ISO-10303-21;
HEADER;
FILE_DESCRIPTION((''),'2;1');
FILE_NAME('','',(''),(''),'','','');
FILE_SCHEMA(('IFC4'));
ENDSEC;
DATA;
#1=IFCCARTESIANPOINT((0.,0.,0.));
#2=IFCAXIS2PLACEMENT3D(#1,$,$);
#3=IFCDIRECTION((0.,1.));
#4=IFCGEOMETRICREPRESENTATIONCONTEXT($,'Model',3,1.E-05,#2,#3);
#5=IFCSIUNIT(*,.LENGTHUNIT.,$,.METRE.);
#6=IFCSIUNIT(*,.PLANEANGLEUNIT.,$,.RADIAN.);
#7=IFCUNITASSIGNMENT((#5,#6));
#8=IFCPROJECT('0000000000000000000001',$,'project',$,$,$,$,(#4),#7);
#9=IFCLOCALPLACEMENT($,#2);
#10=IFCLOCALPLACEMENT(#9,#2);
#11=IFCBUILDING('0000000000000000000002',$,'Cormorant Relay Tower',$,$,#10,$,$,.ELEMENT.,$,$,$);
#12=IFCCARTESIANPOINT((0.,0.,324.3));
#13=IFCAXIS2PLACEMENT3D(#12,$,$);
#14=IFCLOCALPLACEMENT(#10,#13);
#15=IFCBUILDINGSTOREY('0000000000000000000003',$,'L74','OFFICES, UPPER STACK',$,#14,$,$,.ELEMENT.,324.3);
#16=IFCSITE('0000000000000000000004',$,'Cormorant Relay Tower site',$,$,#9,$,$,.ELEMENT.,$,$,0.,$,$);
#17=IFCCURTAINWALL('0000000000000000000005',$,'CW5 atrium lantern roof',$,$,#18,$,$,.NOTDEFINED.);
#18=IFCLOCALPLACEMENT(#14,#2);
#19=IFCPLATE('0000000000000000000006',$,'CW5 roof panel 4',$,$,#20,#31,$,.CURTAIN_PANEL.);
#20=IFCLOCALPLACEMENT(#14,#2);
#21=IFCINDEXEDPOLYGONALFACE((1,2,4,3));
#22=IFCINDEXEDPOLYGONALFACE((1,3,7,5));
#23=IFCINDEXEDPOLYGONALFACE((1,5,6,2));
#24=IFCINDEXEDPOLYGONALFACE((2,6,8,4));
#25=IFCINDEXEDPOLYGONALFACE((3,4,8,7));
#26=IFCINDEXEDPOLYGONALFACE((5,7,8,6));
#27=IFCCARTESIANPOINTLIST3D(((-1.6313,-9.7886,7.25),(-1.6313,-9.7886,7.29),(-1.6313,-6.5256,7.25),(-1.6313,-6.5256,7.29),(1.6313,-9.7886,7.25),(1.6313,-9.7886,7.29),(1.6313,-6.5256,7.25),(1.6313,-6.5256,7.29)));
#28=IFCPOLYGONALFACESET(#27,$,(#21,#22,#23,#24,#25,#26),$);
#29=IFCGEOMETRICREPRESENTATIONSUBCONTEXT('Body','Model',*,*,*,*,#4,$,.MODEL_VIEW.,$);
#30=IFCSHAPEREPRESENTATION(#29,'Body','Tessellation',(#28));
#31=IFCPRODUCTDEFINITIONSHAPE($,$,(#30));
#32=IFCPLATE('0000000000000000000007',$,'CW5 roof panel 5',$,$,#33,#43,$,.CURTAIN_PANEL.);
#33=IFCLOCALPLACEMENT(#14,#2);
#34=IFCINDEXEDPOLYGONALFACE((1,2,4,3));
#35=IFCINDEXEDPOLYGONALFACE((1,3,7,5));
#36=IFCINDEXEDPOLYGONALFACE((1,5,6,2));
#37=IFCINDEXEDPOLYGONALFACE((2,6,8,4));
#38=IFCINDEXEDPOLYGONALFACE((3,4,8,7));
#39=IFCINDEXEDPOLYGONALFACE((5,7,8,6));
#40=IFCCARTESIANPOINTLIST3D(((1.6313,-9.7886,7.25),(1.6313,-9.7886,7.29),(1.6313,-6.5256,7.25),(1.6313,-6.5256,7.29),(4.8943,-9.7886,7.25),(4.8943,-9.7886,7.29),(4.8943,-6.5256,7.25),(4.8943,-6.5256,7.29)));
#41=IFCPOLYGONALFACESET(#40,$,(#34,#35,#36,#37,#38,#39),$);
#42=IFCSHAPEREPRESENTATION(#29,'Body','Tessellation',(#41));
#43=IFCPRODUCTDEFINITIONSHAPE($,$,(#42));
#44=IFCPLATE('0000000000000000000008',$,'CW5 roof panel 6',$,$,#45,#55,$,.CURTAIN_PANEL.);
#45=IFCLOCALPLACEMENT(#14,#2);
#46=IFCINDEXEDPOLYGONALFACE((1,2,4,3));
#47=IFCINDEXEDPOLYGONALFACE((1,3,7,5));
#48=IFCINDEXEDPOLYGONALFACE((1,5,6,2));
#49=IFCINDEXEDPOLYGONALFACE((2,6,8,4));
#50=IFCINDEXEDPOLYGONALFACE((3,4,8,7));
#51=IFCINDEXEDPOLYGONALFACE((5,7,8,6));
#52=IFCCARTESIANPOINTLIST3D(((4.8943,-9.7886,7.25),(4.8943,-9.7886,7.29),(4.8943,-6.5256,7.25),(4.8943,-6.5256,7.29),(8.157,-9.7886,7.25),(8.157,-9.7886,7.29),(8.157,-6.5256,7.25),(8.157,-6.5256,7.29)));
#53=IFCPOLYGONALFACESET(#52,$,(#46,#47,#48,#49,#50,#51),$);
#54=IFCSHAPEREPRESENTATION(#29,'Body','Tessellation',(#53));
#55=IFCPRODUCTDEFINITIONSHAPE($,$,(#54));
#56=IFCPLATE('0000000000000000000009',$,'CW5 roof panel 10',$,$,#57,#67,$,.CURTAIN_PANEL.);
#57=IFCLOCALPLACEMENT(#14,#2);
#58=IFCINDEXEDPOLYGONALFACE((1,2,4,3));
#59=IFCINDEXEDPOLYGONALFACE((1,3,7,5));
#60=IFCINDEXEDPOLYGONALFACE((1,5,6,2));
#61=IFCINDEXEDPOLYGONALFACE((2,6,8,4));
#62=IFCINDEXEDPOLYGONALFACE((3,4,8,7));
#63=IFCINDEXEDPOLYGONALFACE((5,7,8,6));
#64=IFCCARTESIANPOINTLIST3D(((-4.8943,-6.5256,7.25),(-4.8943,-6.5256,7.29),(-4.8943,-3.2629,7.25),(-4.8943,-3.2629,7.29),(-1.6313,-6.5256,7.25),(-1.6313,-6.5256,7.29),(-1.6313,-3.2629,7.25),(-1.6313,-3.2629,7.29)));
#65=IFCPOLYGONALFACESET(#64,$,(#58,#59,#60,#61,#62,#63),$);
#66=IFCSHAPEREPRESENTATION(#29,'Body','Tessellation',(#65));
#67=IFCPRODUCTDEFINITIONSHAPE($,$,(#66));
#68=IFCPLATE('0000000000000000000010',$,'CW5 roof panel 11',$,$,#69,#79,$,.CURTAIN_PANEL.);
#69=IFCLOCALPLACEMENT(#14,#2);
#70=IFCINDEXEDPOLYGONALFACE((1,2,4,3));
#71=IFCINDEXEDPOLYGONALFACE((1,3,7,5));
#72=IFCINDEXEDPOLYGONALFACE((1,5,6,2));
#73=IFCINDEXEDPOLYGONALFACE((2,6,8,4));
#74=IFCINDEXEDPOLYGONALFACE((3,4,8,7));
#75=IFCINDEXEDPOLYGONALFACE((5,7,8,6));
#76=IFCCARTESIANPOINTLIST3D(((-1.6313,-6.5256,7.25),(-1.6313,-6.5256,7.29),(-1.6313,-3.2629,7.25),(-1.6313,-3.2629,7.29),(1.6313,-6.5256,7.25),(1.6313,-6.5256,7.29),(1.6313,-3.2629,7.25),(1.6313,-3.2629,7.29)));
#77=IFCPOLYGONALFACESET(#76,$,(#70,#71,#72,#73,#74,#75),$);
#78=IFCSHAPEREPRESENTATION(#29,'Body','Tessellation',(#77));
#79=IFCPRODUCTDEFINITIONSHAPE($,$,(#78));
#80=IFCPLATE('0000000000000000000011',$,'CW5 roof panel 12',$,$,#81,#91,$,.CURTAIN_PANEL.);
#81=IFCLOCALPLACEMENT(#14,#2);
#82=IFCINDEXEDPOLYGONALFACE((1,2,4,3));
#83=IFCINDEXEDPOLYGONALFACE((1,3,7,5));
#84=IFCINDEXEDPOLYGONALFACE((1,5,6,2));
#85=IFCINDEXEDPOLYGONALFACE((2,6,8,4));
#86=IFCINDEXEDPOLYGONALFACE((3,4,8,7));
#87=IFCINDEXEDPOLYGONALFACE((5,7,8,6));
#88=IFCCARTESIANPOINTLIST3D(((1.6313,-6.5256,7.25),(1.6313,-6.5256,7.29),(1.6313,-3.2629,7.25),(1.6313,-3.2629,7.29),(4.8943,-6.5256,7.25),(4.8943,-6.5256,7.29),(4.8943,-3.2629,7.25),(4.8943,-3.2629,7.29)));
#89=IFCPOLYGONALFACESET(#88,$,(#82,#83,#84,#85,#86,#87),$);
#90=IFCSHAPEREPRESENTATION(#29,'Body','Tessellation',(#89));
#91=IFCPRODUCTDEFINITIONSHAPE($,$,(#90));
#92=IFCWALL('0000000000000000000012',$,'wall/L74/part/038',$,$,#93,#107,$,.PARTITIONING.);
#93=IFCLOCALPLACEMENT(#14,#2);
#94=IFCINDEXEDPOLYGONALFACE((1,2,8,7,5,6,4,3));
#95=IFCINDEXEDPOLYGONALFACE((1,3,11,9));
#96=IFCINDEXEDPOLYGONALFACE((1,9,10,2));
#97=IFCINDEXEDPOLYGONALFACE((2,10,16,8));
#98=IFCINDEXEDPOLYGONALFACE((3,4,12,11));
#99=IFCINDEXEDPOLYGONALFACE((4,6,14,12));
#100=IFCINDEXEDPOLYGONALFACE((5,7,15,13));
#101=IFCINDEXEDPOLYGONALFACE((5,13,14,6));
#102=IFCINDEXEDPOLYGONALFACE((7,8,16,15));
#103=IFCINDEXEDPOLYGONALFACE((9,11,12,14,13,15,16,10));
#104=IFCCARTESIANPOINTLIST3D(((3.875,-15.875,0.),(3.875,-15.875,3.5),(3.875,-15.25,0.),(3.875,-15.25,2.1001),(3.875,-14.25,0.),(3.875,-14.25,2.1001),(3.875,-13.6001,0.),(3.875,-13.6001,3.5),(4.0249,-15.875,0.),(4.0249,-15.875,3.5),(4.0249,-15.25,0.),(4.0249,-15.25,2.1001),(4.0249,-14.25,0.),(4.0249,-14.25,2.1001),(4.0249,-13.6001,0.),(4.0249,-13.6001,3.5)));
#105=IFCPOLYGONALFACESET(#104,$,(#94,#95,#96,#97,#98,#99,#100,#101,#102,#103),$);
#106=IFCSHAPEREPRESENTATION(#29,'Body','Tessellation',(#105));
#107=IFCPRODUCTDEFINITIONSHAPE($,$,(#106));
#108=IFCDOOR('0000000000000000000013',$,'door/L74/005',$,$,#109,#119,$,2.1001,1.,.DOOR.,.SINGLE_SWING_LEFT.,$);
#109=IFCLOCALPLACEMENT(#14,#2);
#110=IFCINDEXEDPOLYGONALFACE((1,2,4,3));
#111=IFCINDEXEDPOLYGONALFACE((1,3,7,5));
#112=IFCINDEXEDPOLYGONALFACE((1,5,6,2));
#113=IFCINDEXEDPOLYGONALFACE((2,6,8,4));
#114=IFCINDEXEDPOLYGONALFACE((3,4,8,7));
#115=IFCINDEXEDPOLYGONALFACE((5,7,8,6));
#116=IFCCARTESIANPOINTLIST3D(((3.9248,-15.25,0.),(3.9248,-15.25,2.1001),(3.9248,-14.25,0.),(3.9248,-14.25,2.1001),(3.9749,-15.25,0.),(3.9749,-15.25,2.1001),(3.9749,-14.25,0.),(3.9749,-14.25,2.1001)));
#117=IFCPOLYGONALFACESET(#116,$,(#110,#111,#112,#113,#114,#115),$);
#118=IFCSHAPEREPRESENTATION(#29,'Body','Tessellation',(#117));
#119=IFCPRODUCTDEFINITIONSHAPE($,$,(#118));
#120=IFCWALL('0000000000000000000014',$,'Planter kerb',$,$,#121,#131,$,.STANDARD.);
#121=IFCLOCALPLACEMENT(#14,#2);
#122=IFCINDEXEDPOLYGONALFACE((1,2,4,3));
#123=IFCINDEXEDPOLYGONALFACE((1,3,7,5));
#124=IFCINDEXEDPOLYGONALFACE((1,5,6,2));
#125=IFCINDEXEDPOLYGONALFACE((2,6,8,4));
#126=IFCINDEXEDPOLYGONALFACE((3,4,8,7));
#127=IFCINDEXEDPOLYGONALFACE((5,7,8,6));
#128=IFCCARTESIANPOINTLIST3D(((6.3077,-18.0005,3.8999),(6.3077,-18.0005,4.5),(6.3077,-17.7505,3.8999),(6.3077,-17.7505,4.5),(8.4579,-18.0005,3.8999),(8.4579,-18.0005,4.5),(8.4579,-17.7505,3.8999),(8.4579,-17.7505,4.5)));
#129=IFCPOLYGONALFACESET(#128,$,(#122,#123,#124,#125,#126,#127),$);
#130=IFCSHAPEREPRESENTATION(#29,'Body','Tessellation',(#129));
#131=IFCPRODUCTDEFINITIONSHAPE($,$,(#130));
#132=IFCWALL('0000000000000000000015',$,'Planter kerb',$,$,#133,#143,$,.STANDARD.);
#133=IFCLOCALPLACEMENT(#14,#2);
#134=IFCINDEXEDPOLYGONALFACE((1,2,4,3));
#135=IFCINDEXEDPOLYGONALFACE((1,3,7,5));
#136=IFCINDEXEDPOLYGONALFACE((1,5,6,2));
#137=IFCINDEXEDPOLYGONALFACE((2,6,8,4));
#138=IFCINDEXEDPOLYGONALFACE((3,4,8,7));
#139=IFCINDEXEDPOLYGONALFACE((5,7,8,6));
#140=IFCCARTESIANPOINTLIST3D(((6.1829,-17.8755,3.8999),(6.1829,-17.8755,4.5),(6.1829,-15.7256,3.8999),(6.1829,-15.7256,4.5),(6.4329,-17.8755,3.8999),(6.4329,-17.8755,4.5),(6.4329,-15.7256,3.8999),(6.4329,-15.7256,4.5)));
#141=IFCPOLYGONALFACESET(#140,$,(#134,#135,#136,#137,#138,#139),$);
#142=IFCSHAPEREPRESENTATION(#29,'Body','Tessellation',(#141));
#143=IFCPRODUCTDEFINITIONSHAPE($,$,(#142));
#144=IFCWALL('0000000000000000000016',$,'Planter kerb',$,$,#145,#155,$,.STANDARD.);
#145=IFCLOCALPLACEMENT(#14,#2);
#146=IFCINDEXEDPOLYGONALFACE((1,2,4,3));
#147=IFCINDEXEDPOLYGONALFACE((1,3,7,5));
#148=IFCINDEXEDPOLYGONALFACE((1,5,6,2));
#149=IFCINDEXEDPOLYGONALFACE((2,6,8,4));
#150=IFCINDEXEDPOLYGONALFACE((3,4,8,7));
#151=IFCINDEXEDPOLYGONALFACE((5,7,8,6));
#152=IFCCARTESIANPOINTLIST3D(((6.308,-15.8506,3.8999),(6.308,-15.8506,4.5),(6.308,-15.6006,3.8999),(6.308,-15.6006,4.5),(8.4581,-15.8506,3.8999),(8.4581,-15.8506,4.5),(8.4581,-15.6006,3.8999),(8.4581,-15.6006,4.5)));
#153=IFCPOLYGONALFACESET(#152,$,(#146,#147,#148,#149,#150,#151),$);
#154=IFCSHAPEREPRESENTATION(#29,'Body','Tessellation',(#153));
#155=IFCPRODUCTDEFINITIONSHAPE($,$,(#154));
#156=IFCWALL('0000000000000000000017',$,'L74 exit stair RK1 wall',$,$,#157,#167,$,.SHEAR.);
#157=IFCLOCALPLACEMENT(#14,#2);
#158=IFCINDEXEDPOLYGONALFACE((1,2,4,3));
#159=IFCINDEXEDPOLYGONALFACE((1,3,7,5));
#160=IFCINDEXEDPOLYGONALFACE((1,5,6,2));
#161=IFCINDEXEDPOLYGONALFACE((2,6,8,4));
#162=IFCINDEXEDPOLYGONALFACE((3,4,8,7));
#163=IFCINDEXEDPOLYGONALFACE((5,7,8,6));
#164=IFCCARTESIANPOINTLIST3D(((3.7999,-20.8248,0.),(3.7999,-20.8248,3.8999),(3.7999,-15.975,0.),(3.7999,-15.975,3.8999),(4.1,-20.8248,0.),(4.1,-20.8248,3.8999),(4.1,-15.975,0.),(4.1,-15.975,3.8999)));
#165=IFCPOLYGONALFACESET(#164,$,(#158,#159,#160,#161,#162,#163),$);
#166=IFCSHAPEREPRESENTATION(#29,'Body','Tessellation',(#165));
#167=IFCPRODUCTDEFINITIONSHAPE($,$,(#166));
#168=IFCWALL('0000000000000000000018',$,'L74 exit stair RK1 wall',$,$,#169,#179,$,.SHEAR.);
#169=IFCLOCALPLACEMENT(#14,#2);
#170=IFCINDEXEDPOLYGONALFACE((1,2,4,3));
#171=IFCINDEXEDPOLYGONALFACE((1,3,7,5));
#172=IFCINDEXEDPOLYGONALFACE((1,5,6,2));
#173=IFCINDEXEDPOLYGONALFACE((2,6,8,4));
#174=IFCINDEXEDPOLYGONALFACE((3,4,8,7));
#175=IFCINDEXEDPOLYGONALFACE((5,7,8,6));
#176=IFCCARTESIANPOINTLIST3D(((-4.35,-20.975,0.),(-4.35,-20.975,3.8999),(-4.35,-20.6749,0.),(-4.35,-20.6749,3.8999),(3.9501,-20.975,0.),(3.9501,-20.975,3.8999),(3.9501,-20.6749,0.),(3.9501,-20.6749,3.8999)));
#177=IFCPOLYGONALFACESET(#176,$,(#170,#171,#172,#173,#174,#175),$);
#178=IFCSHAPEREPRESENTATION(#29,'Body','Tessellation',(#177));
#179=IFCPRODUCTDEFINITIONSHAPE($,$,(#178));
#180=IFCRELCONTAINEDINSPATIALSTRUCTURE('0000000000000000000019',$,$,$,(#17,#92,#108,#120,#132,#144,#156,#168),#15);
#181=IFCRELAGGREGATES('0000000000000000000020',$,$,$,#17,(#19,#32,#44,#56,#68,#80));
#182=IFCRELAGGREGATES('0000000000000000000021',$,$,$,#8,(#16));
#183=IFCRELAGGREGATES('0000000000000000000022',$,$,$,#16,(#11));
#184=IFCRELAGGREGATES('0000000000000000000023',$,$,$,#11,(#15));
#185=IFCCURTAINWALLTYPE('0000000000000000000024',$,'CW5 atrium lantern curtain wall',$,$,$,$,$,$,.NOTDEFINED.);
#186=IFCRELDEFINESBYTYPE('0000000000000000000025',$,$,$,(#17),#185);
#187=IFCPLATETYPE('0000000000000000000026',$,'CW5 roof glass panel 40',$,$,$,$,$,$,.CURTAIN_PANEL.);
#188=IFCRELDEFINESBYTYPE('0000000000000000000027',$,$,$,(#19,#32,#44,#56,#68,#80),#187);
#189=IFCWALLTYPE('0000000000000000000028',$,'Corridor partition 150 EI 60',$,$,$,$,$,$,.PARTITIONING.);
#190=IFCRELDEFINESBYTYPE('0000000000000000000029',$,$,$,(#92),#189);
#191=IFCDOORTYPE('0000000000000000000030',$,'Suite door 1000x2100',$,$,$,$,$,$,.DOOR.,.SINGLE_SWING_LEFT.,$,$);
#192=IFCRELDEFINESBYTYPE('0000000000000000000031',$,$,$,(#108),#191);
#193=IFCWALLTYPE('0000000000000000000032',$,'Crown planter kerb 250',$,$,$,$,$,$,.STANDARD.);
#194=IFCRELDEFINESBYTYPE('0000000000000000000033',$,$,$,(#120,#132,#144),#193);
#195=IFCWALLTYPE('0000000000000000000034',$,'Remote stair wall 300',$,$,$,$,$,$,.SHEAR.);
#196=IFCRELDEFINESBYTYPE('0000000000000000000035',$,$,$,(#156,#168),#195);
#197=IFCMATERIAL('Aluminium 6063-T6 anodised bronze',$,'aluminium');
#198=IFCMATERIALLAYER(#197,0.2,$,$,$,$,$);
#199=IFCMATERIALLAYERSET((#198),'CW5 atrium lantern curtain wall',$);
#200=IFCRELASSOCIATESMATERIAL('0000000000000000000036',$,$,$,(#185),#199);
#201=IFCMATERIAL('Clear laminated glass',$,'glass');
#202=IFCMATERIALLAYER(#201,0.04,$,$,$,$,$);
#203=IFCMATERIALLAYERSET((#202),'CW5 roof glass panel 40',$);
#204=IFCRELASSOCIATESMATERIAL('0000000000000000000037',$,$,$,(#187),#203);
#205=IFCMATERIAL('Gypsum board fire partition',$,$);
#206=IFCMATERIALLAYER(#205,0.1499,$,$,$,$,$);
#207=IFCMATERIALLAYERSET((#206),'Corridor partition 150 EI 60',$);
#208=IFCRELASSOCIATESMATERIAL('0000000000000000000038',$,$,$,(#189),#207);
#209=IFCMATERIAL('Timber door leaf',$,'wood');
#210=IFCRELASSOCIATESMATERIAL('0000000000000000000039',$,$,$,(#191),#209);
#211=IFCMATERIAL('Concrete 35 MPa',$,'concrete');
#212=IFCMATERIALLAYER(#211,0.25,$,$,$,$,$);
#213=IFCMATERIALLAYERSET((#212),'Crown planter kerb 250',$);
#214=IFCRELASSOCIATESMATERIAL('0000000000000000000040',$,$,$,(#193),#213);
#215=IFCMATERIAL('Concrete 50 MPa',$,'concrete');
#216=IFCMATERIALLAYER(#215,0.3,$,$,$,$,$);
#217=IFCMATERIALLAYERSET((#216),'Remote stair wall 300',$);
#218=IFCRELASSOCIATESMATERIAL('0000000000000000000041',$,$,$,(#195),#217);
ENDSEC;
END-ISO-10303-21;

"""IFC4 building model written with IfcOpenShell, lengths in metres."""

from ifc_helpers import new_model, si_unit, direction, frame, frame_2d, origin, place, context, subcontext, project, spatial, polyline, rectangle, outline, extrude, material, layer, layer_set, type_object, element, fill, aggregate, save


model = new_model("IFC4")

# Units and contexts
model_context = context("Model", 3, precision=1e-05, world=origin(), true_north=direction((0.0, 1.0)))
body_context = subcontext(model_context, "Body", "Model", "MODEL_VIEW")
ifc_project = project(units=[si_unit("LENGTHUNIT", "METRE"), si_unit("PLANEANGLEUNIT", "RADIAN")], contexts=[model_context])

# Site, building, storey
site_placement = place(None, origin())
site = spatial("IfcSite", under=ifc_project, at=site_placement, Name="Cormorant Relay Tower site", CompositionType="ELEMENT", RefElevation=0.0)
building_placement = place(site_placement, origin())
building = spatial("IfcBuilding", under=site, at=building_placement, Name="Cormorant Relay Tower", CompositionType="ELEMENT")
storey_placement = place(building_placement, frame((0.0, 0.0, 324.3)))
storey = spatial("IfcBuildingStorey", under=building, at=storey_placement, Name="L74", Description="OFFICES, UPPER STACK", CompositionType="ELEMENT", Elevation=324.3)

# Shared definitions
ifc_material_1 = material(Name="Aluminium 6063-T6 anodised bronze", Category="aluminium")
ifc_layer_1 = layer(ifc_material_1, 0.2)
ifc_layer_set_1 = layer_set([ifc_layer_1], Name="CW5 atrium lantern curtain wall")
curtain_wall_type_1 = type_object("IfcCurtainWallType", Name="CW5 atrium lantern curtain wall", PredefinedType="NOTDEFINED", material=ifc_layer_set_1)

# Curtain wall, plates
curtain_wall_1_placement = place(storey_placement, origin())
curtain_wall_1 = element("IfcCurtainWall", 1, at=curtain_wall_1_placement, inside=storey, type_object=curtain_wall_type_1, Name="CW5 atrium lantern roof", PredefinedType="NOTDEFINED")
ifc_material_2 = material(Name="Clear laminated glass", Category="glass")
ifc_layer_2 = layer(ifc_material_2, 0.04)
ifc_layer_set_2 = layer_set([ifc_layer_2], Name="CW5 roof glass panel 40")
plate_type_1 = type_object("IfcPlateType", Name="CW5 roof glass panel 40", PredefinedType="CURTAIN_PANEL", material=ifc_layer_set_2)
plate_1_placement = place(storey_placement, frame((1.6313, -9.7886, 7.29), z_axis=(0.0, 0.0, 1.0), x_axis=(0.0, 1.0, 0.0)))
plate_1 = element("IfcPlate", 2, at=plate_1_placement, type_object=plate_type_1, Name="CW5 roof panel 4", PredefinedType="CURTAIN_PANEL", context=body_context, shape_type="SweptSolid", body=[
    extrude(outline(polyline([(0.0, 0.0), (3.2629, 0.0), (3.2629, 3.2627), (0.0, 3.2627), (0.0, 0.0)])), origin(), (0.0, 0.0, -1.0), 0.04),
])
plate_2_placement = place(storey_placement, frame((4.8943, -9.7886, 7.29), z_axis=(0.0, 0.0, 1.0), x_axis=(0.0, 1.0, 0.0)))
plate_2 = element("IfcPlate", 3, at=plate_2_placement, type_object=plate_type_1, Name="CW5 roof panel 5", PredefinedType="CURTAIN_PANEL", context=body_context, shape_type="SweptSolid", body=[
    extrude(outline(polyline([(0.0, 0.0), (3.2629, 0.0), (3.2629, 3.2629), (0.0, 3.2629), (0.0, 0.0)])), origin(), (0.0, 0.0, -1.0), 0.04),
])
plate_3_placement = place(storey_placement, frame((8.157, -9.7886, 7.29), z_axis=(0.0, 0.0, 1.0), x_axis=(0.0, 1.0, 0.0)))
plate_3 = element("IfcPlate", 4, at=plate_3_placement, type_object=plate_type_1, Name="CW5 roof panel 6", PredefinedType="CURTAIN_PANEL", context=body_context, shape_type="SweptSolid", body=[
    extrude(outline(polyline([(0.0, 0.0), (3.2629, 0.0), (3.2629, 3.2627), (0.0, 3.2627), (0.0, 0.0)])), origin(), (0.0, 0.0, -1.0), 0.04),
])
plate_4_placement = place(storey_placement, frame((-1.6313, -6.5256, 7.29), z_axis=(0.0, 0.0, 1.0), x_axis=(0.0, 1.0, 0.0)))
plate_4 = element("IfcPlate", 5, at=plate_4_placement, type_object=plate_type_1, Name="CW5 roof panel 10", PredefinedType="CURTAIN_PANEL", context=body_context, shape_type="SweptSolid", body=[
    extrude(outline(polyline([(0.0, 0.0), (3.2627, 0.0), (3.2627, 3.2629), (0.0, 3.2629), (0.0, 0.0)])), origin(), (0.0, 0.0, -1.0), 0.04),
])
plate_5_placement = place(storey_placement, frame((1.6313, -6.5256, 7.29), z_axis=(0.0, 0.0, 1.0), x_axis=(0.0, 1.0, 0.0)))
plate_5 = element("IfcPlate", 6, at=plate_5_placement, type_object=plate_type_1, Name="CW5 roof panel 11", PredefinedType="CURTAIN_PANEL", context=body_context, shape_type="SweptSolid", body=[
    extrude(outline(polyline([(0.0, 0.0), (3.2627, 0.0), (3.2627, 3.2627), (0.0, 3.2627), (0.0, 0.0)])), origin(), (0.0, 0.0, -1.0), 0.04),
])
plate_6_placement = place(storey_placement, frame((4.8943, -6.5256, 7.29), z_axis=(0.0, 0.0, 1.0), x_axis=(0.0, 1.0, 0.0)))
plate_6 = element("IfcPlate", 7, at=plate_6_placement, type_object=plate_type_1, Name="CW5 roof panel 12", PredefinedType="CURTAIN_PANEL", context=body_context, shape_type="SweptSolid", body=[
    extrude(outline(polyline([(0.0, 0.0), (3.2627, 0.0), (3.2627, 3.2629), (0.0, 3.2629), (0.0, 0.0)])), origin(), (0.0, 0.0, -1.0), 0.04),
])
aggregate(curtain_wall_1, [plate_1, plate_2, plate_3, plate_4, plate_5, plate_6])

# Wall, opening, door
ifc_material_3 = material(Name="Gypsum board fire partition")
ifc_layer_3 = layer(ifc_material_3, 0.1499)
ifc_layer_set_3 = layer_set([ifc_layer_3], Name="Corridor partition 150 EI 60")
wall_type_1 = type_object("IfcWallType", Name="Corridor partition 150 EI 60", PredefinedType="PARTITIONING", material=ifc_layer_set_3)
wall_1_placement = place(storey_placement, frame((3.95, -13.6001, 0.0), z_axis=(0.0, 0.0, 1.0), x_axis=(0.0, -1.0, 0.0)))
wall_1 = element("IfcWall", 8, at=wall_1_placement, inside=storey, type_object=wall_type_1, Name="wall/L74/part/038", PredefinedType="PARTITIONING", context=body_context, shape_type="SweptSolid", body=[
    extrude(rectangle(XDim=2.2749, YDim=0.1499, at=frame_2d((1.1375, 0.0))), origin(), (0.0, 0.0, 1.0), 3.5),
])
opening_placement = place(wall_1_placement, frame((0.6499, 0.0, 0.0)))
opening = element("IfcOpeningElement", 9, at=opening_placement, cuts=wall_1, PredefinedType="OPENING", context=body_context, shape_type="SweptSolid", body=[
    extrude(rectangle(XDim=1.0, YDim=2.1001, at=frame_2d((0.5, 1.05))), frame((0.0, 0.085, 0.0), z_axis=(0.0, -1.0, 0.0), x_axis=(1.0, 0.0, 0.0)), (0.0, 0.0, 1.0), 0.1699),
])
ifc_material_4 = material(Name="Timber door leaf", Category="wood")
door_type = type_object("IfcDoorType", Name="Suite door 1000x2100", OperationType="SINGLE_SWING_LEFT", PredefinedType="DOOR", material=ifc_material_4)
door_placement = place(opening_placement, origin())
door = element("IfcDoor", 10, at=door_placement, inside=storey, type_object=door_type, Name="door/L74/005", OperationType="SINGLE_SWING_LEFT", OverallHeight=2.1001, OverallWidth=1.0, PredefinedType="DOOR", context=body_context, shape_type="SweptSolid", body=[
    extrude(rectangle(XDim=1.0, YDim=2.1001, at=frame_2d((0.5, 1.05))), frame((0.0, 0.0249, 0.0), z_axis=(0.0, -1.0, 0.0), x_axis=(1.0, 0.0, 0.0)), (0.0, 0.0, 1.0), 0.05),
])
fill(opening, door)

# Walls
ifc_material_5 = material(Name="Concrete 35 MPa", Category="concrete")
ifc_layer_4 = layer(ifc_material_5, 0.25)
ifc_layer_set_4 = layer_set([ifc_layer_4], Name="Crown planter kerb 250")
wall_type_2 = type_object("IfcWallType", Name="Crown planter kerb 250", PredefinedType="STANDARD", material=ifc_layer_set_4)
wall_2_placement = place(storey_placement, frame((8.458, -17.8755, 3.8999), z_axis=(0.0, 0.0, 1.0), x_axis=(-1.0, 0.0, 0.0)))
element("IfcWall", 11, at=wall_2_placement, inside=storey, type_object=wall_type_2, Name="Planter kerb", PredefinedType="STANDARD", context=body_context, shape_type="SweptSolid", body=[
    extrude(rectangle(XDim=2.1501, YDim=0.25, at=frame_2d((1.0752, 0.0))), origin(), (0.0, 0.0, 1.0), 0.6001),
])
wall_3_placement = place(storey_placement, frame((6.3079, -17.8755, 3.8999), z_axis=(0.0, 0.0, 1.0), x_axis=(0.0, 1.0, 0.0)))
element("IfcWall", 12, at=wall_3_placement, inside=storey, type_object=wall_type_2, Name="Planter kerb", PredefinedType="STANDARD", context=body_context, shape_type="SweptSolid", body=[
    extrude(rectangle(XDim=2.1499, YDim=0.25, at=frame_2d((1.075, 0.0))), origin(), (0.0, 0.0, 1.0), 0.6001),
])
wall_4_placement = place(storey_placement, frame((6.3079, -15.7256, 3.8999), z_axis=(0.0, 0.0, 1.0), x_axis=(1.0, 0.0, 0.0)))
element("IfcWall", 13, at=wall_4_placement, inside=storey, type_object=wall_type_2, Name="Planter kerb", PredefinedType="STANDARD", context=body_context, shape_type="SweptSolid", body=[
    extrude(rectangle(XDim=2.1501, YDim=0.25, at=frame_2d((1.0752, 0.0))), origin(), (0.0, 0.0, 1.0), 0.6001),
])
ifc_material_6 = material(Name="Concrete 50 MPa", Category="concrete")
ifc_layer_5 = layer(ifc_material_6, 0.3)
ifc_layer_set_5 = layer_set([ifc_layer_5], Name="Remote stair wall 300")
wall_type_3 = type_object("IfcWallType", Name="Remote stair wall 300", PredefinedType="SHEAR", material=ifc_layer_set_5)
wall_5_placement = place(storey_placement, frame((3.95, -15.9751, 0.0), z_axis=(0.0, 0.0, 1.0), x_axis=(0.0, -1.0, 0.0)))
element("IfcWall", 14, at=wall_5_placement, inside=storey, type_object=wall_type_3, Name="L74 exit stair RK1 wall", PredefinedType="SHEAR", context=body_context, shape_type="SweptSolid", body=[
    extrude(rectangle(XDim=4.8499, YDim=0.3, at=frame_2d((2.4248, 0.0))), origin(), (0.0, 0.0, 1.0), 3.8999),
])
wall_6_placement = place(storey_placement, frame((3.95, -20.825, 0.0), z_axis=(0.0, 0.0, 1.0), x_axis=(-1.0, 0.0, 0.0)))
element("IfcWall", 15, at=wall_6_placement, inside=storey, type_object=wall_type_3, Name="L74 exit stair RK1 wall", PredefinedType="SHEAR", context=body_context, shape_type="SweptSolid", body=[
    extrude(rectangle(XDim=8.3, YDim=0.3, at=frame_2d((4.1499, 0.0))), origin(), (0.0, 0.0, 1.0), 3.8999),
])

save(model, "model.ifc")
